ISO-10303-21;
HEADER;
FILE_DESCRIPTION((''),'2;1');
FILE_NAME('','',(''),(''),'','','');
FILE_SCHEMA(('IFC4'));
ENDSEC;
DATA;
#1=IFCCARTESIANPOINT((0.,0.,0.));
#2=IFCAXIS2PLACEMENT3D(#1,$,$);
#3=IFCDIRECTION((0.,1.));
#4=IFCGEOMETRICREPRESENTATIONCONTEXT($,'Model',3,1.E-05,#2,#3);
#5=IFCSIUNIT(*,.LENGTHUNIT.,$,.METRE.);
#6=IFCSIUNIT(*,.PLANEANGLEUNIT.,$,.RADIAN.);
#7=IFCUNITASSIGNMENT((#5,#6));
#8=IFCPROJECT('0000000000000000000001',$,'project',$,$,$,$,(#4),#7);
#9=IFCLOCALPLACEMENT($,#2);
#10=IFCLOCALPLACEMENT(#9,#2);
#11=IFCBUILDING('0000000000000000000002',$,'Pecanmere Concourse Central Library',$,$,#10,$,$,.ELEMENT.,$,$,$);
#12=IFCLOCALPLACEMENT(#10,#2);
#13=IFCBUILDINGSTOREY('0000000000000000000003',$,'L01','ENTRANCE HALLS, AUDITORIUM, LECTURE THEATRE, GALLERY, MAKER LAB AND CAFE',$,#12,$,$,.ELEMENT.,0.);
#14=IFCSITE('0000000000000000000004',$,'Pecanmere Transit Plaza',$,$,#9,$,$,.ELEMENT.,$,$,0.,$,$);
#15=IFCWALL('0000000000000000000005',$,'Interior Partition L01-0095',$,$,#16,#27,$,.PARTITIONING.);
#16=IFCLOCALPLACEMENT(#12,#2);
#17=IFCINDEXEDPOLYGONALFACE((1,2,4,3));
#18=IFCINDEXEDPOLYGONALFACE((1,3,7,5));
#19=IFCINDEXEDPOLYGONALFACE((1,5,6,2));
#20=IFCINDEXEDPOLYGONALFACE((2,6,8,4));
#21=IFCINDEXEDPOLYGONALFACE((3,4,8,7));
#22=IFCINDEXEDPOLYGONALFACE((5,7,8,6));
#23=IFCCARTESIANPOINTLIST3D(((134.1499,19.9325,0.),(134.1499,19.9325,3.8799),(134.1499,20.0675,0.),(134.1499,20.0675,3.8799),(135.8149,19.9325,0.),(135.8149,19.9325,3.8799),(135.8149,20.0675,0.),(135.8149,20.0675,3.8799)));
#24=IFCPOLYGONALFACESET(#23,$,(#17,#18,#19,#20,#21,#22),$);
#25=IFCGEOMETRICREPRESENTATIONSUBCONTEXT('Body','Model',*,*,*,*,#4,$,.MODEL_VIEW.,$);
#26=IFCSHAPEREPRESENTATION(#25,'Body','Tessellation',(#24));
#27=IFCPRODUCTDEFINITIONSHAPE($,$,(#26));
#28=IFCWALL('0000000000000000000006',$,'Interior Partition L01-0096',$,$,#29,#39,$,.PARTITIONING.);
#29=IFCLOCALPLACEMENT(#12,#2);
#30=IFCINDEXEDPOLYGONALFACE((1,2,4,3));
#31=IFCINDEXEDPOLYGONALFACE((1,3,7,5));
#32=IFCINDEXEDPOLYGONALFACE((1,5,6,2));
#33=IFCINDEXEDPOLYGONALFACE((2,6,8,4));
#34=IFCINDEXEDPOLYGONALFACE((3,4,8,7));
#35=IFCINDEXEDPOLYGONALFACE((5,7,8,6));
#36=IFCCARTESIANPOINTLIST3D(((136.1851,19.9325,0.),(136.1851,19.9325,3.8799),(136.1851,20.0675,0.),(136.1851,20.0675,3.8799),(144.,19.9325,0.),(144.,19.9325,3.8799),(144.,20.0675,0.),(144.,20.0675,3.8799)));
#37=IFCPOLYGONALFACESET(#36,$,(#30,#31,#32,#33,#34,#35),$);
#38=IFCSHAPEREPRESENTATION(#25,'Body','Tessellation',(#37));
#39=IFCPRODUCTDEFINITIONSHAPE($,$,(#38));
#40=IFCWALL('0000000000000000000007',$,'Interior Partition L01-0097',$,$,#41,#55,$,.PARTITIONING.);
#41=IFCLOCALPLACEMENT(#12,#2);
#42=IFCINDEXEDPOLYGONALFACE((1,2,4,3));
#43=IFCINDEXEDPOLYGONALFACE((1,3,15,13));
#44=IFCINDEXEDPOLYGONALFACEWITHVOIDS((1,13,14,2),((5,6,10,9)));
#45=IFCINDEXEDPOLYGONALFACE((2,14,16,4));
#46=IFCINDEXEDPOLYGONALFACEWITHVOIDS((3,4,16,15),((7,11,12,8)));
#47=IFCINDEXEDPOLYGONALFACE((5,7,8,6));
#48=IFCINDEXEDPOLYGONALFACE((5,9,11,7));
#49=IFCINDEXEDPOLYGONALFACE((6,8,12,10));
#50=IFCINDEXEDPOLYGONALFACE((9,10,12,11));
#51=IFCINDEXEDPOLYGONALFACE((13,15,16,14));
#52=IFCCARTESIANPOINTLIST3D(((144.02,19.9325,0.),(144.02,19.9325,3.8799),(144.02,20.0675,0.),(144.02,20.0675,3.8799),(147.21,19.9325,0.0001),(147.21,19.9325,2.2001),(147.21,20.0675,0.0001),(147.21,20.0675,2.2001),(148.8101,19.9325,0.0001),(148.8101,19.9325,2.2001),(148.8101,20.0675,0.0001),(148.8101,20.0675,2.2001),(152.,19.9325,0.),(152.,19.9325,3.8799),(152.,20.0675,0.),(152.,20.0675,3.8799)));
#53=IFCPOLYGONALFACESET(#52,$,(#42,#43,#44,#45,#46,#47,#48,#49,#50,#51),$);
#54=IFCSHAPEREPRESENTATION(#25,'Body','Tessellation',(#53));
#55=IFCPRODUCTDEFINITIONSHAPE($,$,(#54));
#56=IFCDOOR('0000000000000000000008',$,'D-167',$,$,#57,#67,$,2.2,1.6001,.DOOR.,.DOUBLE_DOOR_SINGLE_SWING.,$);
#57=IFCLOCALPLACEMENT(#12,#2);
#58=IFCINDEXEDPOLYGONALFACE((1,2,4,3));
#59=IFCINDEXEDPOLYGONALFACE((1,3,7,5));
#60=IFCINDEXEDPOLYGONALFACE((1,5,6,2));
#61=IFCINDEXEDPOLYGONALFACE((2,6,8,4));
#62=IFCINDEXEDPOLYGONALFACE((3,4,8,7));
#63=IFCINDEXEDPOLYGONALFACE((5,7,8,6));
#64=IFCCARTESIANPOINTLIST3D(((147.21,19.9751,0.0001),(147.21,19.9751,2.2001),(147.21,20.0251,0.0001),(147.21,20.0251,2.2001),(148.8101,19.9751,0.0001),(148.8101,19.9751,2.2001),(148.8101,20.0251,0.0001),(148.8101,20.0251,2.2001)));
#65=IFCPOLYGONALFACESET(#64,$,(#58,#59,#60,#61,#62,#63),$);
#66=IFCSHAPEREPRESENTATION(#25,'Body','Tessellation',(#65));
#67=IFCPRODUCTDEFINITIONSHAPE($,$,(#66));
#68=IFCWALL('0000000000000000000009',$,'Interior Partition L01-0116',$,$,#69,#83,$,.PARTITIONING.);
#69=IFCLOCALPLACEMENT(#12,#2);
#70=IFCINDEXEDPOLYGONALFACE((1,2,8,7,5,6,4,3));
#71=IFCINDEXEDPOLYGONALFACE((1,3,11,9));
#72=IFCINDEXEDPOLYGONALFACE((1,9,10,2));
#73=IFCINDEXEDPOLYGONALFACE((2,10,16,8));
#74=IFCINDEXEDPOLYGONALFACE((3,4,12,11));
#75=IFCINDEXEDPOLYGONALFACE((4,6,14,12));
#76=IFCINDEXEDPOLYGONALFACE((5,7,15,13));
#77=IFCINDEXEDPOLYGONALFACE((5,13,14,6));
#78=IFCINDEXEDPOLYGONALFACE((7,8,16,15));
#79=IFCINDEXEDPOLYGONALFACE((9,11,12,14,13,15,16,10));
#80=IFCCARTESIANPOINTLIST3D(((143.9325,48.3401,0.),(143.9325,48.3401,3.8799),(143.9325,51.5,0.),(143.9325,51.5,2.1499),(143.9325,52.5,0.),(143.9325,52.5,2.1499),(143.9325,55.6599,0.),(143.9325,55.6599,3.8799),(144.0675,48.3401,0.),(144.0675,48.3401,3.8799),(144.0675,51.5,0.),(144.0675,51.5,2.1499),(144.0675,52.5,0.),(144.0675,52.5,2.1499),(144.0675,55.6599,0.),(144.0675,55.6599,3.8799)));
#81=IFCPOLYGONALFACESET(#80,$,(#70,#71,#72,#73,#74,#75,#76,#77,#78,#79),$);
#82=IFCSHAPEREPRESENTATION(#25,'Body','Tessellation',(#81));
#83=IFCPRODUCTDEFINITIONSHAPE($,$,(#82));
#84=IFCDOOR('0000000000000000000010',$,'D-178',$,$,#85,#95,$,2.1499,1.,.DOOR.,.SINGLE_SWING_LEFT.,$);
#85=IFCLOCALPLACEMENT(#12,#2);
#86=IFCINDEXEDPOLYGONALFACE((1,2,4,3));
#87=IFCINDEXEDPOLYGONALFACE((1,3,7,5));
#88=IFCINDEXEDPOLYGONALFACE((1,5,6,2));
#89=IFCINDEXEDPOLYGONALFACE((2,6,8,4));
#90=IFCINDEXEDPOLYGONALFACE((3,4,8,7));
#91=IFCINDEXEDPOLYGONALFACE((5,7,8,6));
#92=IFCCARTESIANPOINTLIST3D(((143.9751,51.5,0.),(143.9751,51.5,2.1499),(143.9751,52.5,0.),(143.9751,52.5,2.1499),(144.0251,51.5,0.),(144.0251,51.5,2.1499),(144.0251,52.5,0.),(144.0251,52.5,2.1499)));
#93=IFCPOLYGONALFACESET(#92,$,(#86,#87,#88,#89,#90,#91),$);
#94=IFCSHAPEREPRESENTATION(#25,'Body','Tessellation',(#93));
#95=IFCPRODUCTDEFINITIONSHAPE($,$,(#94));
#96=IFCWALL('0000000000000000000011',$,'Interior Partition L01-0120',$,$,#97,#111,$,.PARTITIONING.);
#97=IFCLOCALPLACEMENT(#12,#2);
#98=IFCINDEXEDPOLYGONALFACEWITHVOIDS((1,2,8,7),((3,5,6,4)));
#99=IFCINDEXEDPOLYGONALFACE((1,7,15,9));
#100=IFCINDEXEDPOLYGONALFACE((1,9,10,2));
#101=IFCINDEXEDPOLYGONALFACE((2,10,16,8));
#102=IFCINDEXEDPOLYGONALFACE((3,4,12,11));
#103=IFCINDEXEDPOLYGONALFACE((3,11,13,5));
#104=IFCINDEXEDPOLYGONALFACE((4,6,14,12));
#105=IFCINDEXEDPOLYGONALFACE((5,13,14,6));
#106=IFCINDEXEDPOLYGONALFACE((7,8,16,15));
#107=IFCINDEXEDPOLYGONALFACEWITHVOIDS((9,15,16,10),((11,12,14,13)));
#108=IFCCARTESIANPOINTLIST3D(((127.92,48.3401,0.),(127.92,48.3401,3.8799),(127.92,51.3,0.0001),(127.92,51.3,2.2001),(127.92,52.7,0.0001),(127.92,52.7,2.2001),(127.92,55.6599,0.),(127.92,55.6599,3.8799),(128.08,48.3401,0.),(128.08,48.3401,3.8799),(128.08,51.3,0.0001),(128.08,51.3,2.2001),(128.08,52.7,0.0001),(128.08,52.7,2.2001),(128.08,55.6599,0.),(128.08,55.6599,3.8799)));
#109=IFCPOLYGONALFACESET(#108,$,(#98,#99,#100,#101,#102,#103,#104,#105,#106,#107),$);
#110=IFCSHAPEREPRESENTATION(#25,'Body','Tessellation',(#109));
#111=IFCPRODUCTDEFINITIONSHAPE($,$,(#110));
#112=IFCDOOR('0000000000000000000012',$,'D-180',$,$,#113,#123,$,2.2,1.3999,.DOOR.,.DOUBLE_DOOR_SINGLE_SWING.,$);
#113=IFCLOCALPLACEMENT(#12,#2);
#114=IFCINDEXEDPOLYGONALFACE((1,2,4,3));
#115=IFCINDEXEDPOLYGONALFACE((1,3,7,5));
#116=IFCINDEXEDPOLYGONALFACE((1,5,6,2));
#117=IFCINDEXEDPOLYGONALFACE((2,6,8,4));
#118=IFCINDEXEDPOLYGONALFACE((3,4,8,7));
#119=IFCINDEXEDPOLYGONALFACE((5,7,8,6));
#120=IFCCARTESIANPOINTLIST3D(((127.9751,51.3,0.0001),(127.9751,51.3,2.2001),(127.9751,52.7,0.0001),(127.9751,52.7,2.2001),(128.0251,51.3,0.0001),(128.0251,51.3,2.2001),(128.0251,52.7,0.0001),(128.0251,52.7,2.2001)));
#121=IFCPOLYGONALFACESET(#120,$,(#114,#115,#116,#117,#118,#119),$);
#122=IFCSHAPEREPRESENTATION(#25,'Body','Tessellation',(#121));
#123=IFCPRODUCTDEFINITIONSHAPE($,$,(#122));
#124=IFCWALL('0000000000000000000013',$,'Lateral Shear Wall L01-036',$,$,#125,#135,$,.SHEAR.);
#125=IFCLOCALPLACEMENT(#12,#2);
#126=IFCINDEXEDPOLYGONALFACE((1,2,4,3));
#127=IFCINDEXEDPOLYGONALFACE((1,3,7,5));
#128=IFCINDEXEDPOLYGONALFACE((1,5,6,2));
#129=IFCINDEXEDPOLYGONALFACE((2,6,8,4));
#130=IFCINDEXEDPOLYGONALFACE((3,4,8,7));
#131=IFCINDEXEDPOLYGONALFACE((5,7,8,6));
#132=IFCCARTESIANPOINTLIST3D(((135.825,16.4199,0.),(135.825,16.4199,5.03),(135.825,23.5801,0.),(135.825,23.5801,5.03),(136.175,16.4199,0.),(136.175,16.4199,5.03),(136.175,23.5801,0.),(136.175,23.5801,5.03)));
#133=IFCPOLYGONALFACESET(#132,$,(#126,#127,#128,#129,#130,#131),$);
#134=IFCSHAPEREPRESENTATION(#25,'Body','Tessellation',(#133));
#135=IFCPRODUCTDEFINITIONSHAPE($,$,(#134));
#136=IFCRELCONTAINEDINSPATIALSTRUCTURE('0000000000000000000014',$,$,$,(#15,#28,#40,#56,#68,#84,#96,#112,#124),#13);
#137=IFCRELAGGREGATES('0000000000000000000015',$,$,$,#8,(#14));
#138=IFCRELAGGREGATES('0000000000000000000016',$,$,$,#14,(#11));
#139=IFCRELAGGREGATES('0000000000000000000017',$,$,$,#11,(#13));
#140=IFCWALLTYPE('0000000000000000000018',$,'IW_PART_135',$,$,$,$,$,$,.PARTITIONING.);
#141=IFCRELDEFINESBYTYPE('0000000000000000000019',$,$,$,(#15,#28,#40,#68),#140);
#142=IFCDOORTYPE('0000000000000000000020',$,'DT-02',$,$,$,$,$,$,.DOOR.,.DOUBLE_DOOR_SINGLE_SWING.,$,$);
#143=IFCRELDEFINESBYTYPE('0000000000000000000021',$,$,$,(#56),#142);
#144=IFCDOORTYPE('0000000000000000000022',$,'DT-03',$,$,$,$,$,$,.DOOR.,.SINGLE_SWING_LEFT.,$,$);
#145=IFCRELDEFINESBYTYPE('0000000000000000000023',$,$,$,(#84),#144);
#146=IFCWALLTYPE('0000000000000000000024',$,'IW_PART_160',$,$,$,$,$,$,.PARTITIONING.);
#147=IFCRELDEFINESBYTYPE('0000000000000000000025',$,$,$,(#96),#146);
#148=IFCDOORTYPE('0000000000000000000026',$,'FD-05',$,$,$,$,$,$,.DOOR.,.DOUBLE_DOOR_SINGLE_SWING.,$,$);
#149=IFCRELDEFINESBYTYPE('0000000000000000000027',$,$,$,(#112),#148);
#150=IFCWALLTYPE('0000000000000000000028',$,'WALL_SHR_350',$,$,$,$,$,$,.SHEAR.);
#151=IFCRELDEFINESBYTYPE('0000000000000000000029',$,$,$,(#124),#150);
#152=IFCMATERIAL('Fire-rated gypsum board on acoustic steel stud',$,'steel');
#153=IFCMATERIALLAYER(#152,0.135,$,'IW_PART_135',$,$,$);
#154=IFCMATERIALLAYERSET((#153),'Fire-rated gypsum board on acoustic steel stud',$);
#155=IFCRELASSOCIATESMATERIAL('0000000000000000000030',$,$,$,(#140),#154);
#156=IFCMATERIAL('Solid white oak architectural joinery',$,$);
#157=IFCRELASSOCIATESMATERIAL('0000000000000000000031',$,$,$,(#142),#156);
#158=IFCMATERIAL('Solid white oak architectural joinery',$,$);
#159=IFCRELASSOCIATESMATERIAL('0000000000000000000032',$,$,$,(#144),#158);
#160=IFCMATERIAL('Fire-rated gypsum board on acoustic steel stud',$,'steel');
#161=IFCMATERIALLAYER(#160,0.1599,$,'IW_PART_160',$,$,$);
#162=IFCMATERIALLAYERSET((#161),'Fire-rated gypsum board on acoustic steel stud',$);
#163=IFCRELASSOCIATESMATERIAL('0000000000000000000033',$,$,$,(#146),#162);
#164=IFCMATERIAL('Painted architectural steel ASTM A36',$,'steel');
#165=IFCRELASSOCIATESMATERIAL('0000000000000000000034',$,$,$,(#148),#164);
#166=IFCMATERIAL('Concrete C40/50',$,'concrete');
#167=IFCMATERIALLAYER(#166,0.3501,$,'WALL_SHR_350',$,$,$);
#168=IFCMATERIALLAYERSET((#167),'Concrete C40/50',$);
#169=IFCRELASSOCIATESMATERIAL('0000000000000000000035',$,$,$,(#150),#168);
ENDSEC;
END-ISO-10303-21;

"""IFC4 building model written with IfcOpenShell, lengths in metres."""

from ifc_helpers import new_model, si_unit, direction, frame, frame_2d, origin, place, context, subcontext, project, spatial, rectangle, extrude, material, layer, layer_set, type_object, element, fill, save


model = new_model("IFC4")

# Units and contexts
model_context = context("Model", 3, precision=1e-05, world=origin(), true_north=direction((0.0, 1.0)))
body_context = subcontext(model_context, "Body", "Model", "MODEL_VIEW")
ifc_project = project(units=[si_unit("LENGTHUNIT", "METRE"), si_unit("PLANEANGLEUNIT", "RADIAN")], contexts=[model_context])

# Site, building, storey
site_placement = place(None, origin())
site = spatial("IfcSite", under=ifc_project, at=site_placement, Name="Pecanmere Transit Plaza", CompositionType="ELEMENT", RefElevation=0.0)
building_placement = place(site_placement, origin())
building = spatial("IfcBuilding", under=site, at=building_placement, Name="Pecanmere Concourse Central Library", CompositionType="ELEMENT")
storey_placement = place(building_placement, origin())
storey = spatial("IfcBuildingStorey", under=building, at=storey_placement, Name="L01", Description="ENTRANCE HALLS, AUDITORIUM, LECTURE THEATRE, GALLERY, MAKER LAB AND CAFE", CompositionType="ELEMENT", Elevation=0.0)

# Walls
ifc_material_1 = material(Name="Fire-rated gypsum board on acoustic steel stud", Category="steel")
ifc_layer_1 = layer(ifc_material_1, 0.135, Name="IW_PART_135")
ifc_layer_set_1 = layer_set([ifc_layer_1], Name="Fire-rated gypsum board on acoustic steel stud")
wall_type_1 = type_object("IfcWallType", Name="IW_PART_135", PredefinedType="PARTITIONING", material=ifc_layer_set_1)
wall_1_placement = place(storey_placement, frame((134.1499, 20.0, 0.0), z_axis=(0.0, 0.0, 1.0), x_axis=(1.0, 0.0, 0.0)))
element("IfcWall", 1, at=wall_1_placement, inside=storey, type_object=wall_type_1, Name="Interior Partition L01-0095", PredefinedType="PARTITIONING", context=body_context, shape_type="SweptSolid", body=[
    extrude(rectangle(XDim=1.665, YDim=0.135, at=frame_2d((0.8325, 0.0))), origin(), (0.0, 0.0, 1.0), 3.8799),
])
wall_2_placement = place(storey_placement, frame((136.1851, 20.0, 0.0), z_axis=(0.0, 0.0, 1.0), x_axis=(1.0, 0.0, 0.0)))
element("IfcWall", 2, at=wall_2_placement, inside=storey, type_object=wall_type_1, Name="Interior Partition L01-0096", PredefinedType="PARTITIONING", context=body_context, shape_type="SweptSolid", body=[
    extrude(rectangle(XDim=7.8149, YDim=0.135, at=frame_2d((3.9075, 0.0))), origin(), (0.0, 0.0, 1.0), 3.8799),
])

# Walls, openings, doors
wall_3_placement = place(storey_placement, frame((144.02, 20.0, 0.0), z_axis=(0.0, 0.0, 1.0), x_axis=(1.0, 0.0, 0.0)))
wall_3 = element("IfcWall", 3, at=wall_3_placement, inside=storey, type_object=wall_type_1, Name="Interior Partition L01-0097", PredefinedType="PARTITIONING", context=body_context, shape_type="SweptSolid", body=[
    extrude(rectangle(XDim=7.98, YDim=0.135, at=frame_2d((3.99, 0.0))), origin(), (0.0, 0.0, 1.0), 3.8799),
])
opening_1_placement = place(wall_3_placement, frame((3.1899, 0.0, 0.0)))
opening_1 = element("IfcOpeningElement", 4, at=opening_1_placement, cuts=wall_3, PredefinedType="OPENING", context=body_context, shape_type="SweptSolid", body=[
    extrude(rectangle(XDim=1.6001, YDim=2.2, at=frame_2d((0.8, 1.1001))), frame((0.0, 0.0796, 0.0), z_axis=(0.0, -1.0, 0.0), x_axis=(1.0, 0.0, 0.0)), (0.0, 0.0, 1.0), 0.1589),
])
ifc_material_2 = material(Name="Solid white oak architectural joinery")
door_type_1 = type_object("IfcDoorType", Name="DT-02", OperationType="DOUBLE_DOOR_SINGLE_SWING", PredefinedType="DOOR", material=ifc_material_2)
door_1_placement = place(opening_1_placement, frame((1.6001, 0.0, 0.0), z_axis=(0.0, 0.0, 1.0), x_axis=(-1.0, 0.0, 0.0)))
door_1 = element("IfcDoor", 5, at=door_1_placement, inside=storey, type_object=door_type_1, Name="D-167", OperationType="DOUBLE_DOOR_SINGLE_SWING", OverallHeight=2.2, OverallWidth=1.6001, PredefinedType="DOOR", context=body_context, shape_type="SweptSolid", body=[
    extrude(rectangle(XDim=1.6001, YDim=2.2, at=frame_2d((0.8, 1.1001))), frame((0.0, 0.0249, 0.0), z_axis=(0.0, -1.0, 0.0), x_axis=(1.0, 0.0, 0.0)), (0.0, 0.0, 1.0), 0.05),
])
fill(opening_1, door_1)
wall_4_placement = place(storey_placement, frame((144.0, 48.3401, 0.0), z_axis=(0.0, 0.0, 1.0), x_axis=(0.0, 1.0, 0.0)))
wall_4 = element("IfcWall", 6, at=wall_4_placement, inside=storey, type_object=wall_type_1, Name="Interior Partition L01-0116", PredefinedType="PARTITIONING", context=body_context, shape_type="SweptSolid", body=[
    extrude(rectangle(XDim=7.3198, YDim=0.135, at=frame_2d((3.6599, 0.0))), origin(), (0.0, 0.0, 1.0), 3.8799),
])
opening_2_placement = place(wall_4_placement, frame((3.1599, 0.0, 0.0)))
opening_2 = element("IfcOpeningElement", 7, at=opening_2_placement, cuts=wall_4, PredefinedType="OPENING", context=body_context, shape_type="SweptSolid", body=[
    extrude(rectangle(XDim=1.0, YDim=2.1499, at=frame_2d((0.5, 1.075))), frame((0.0, 0.0796, 0.0), z_axis=(0.0, -1.0, 0.0), x_axis=(1.0, 0.0, 0.0)), (0.0, 0.0, 1.0), 0.1589),
])
ifc_material_3 = material(Name="Solid white oak architectural joinery")
door_type_2 = type_object("IfcDoorType", Name="DT-03", OperationType="SINGLE_SWING_LEFT", PredefinedType="DOOR", material=ifc_material_3)
door_2_placement = place(opening_2_placement, origin())
door_2 = element("IfcDoor", 8, at=door_2_placement, inside=storey, type_object=door_type_2, Name="D-178", OperationType="SINGLE_SWING_LEFT", OverallHeight=2.1499, OverallWidth=1.0, PredefinedType="DOOR", context=body_context, shape_type="SweptSolid", body=[
    extrude(rectangle(XDim=1.0, YDim=2.1499, at=frame_2d((0.5, 1.075))), frame((0.0, 0.0249, 0.0), z_axis=(0.0, -1.0, 0.0), x_axis=(1.0, 0.0, 0.0)), (0.0, 0.0, 1.0), 0.05),
])
fill(opening_2, door_2)
ifc_material_4 = material(Name="Fire-rated gypsum board on acoustic steel stud", Category="steel")
ifc_layer_2 = layer(ifc_material_4, 0.1599, Name="IW_PART_160")
ifc_layer_set_2 = layer_set([ifc_layer_2], Name="Fire-rated gypsum board on acoustic steel stud")
wall_type_2 = type_object("IfcWallType", Name="IW_PART_160", PredefinedType="PARTITIONING", material=ifc_layer_set_2)
wall_5_placement = place(storey_placement, frame((128.0, 48.3401, 0.0), z_axis=(0.0, 0.0, 1.0), x_axis=(0.0, 1.0, 0.0)))
wall_5 = element("IfcWall", 9, at=wall_5_placement, inside=storey, type_object=wall_type_2, Name="Interior Partition L01-0120", PredefinedType="PARTITIONING", context=body_context, shape_type="SweptSolid", body=[
    extrude(rectangle(XDim=7.3198, YDim=0.1599, at=frame_2d((3.6599, 0.0))), origin(), (0.0, 0.0, 1.0), 3.8799),
])
opening_3_placement = place(wall_5_placement, frame((2.96, 0.0, 0.0)))
opening_3 = element("IfcOpeningElement", 10, at=opening_3_placement, cuts=wall_5, PredefinedType="OPENING", context=body_context, shape_type="SweptSolid", body=[
    extrude(rectangle(XDim=1.3999, YDim=2.2, at=frame_2d((0.7, 1.1001))), frame((0.0, 0.0918, 0.0), z_axis=(0.0, -1.0, 0.0), x_axis=(1.0, 0.0, 0.0)), (0.0, 0.0, 1.0), 0.1838),
])
ifc_material_5 = material(Name="Painted architectural steel ASTM A36", Category="steel")
door_type_3 = type_object("IfcDoorType", Name="FD-05", OperationType="DOUBLE_DOOR_SINGLE_SWING", PredefinedType="DOOR", material=ifc_material_5)
door_3_placement = place(opening_3_placement, origin())
door_3 = element("IfcDoor", 11, at=door_3_placement, inside=storey, type_object=door_type_3, Name="D-180", OperationType="DOUBLE_DOOR_SINGLE_SWING", OverallHeight=2.2, OverallWidth=1.3999, PredefinedType="DOOR", context=body_context, shape_type="SweptSolid", body=[
    extrude(rectangle(XDim=1.3999, YDim=2.2, at=frame_2d((0.7, 1.1001))), frame((0.0, 0.0249, 0.0), z_axis=(0.0, -1.0, 0.0), x_axis=(1.0, 0.0, 0.0)), (0.0, 0.0, 1.0), 0.05),
])
fill(opening_3, door_3)

# Wall
ifc_material_6 = material(Name="Concrete C40/50", Category="concrete")
ifc_layer_3 = layer(ifc_material_6, 0.3501, Name="WALL_SHR_350")
ifc_layer_set_3 = layer_set([ifc_layer_3], Name="Concrete C40/50")
wall_type_3 = type_object("IfcWallType", Name="WALL_SHR_350", PredefinedType="SHEAR", material=ifc_layer_set_3)
wall_6_placement = place(storey_placement, frame((136.0, 16.4199, 0.0), z_axis=(0.0, 0.0, 1.0), x_axis=(0.0, 1.0, 0.0)))
element("IfcWall", 12, at=wall_6_placement, inside=storey, type_object=wall_type_3, Name="Lateral Shear Wall L01-036", PredefinedType="SHEAR", context=body_context, shape_type="SweptSolid", body=[
    extrude(rectangle(XDim=7.1602, YDim=0.3501, at=frame_2d((3.5801, 0.0))), origin(), (0.0, 0.0, 1.0), 5.03),
])

save(model, "model.ifc")
